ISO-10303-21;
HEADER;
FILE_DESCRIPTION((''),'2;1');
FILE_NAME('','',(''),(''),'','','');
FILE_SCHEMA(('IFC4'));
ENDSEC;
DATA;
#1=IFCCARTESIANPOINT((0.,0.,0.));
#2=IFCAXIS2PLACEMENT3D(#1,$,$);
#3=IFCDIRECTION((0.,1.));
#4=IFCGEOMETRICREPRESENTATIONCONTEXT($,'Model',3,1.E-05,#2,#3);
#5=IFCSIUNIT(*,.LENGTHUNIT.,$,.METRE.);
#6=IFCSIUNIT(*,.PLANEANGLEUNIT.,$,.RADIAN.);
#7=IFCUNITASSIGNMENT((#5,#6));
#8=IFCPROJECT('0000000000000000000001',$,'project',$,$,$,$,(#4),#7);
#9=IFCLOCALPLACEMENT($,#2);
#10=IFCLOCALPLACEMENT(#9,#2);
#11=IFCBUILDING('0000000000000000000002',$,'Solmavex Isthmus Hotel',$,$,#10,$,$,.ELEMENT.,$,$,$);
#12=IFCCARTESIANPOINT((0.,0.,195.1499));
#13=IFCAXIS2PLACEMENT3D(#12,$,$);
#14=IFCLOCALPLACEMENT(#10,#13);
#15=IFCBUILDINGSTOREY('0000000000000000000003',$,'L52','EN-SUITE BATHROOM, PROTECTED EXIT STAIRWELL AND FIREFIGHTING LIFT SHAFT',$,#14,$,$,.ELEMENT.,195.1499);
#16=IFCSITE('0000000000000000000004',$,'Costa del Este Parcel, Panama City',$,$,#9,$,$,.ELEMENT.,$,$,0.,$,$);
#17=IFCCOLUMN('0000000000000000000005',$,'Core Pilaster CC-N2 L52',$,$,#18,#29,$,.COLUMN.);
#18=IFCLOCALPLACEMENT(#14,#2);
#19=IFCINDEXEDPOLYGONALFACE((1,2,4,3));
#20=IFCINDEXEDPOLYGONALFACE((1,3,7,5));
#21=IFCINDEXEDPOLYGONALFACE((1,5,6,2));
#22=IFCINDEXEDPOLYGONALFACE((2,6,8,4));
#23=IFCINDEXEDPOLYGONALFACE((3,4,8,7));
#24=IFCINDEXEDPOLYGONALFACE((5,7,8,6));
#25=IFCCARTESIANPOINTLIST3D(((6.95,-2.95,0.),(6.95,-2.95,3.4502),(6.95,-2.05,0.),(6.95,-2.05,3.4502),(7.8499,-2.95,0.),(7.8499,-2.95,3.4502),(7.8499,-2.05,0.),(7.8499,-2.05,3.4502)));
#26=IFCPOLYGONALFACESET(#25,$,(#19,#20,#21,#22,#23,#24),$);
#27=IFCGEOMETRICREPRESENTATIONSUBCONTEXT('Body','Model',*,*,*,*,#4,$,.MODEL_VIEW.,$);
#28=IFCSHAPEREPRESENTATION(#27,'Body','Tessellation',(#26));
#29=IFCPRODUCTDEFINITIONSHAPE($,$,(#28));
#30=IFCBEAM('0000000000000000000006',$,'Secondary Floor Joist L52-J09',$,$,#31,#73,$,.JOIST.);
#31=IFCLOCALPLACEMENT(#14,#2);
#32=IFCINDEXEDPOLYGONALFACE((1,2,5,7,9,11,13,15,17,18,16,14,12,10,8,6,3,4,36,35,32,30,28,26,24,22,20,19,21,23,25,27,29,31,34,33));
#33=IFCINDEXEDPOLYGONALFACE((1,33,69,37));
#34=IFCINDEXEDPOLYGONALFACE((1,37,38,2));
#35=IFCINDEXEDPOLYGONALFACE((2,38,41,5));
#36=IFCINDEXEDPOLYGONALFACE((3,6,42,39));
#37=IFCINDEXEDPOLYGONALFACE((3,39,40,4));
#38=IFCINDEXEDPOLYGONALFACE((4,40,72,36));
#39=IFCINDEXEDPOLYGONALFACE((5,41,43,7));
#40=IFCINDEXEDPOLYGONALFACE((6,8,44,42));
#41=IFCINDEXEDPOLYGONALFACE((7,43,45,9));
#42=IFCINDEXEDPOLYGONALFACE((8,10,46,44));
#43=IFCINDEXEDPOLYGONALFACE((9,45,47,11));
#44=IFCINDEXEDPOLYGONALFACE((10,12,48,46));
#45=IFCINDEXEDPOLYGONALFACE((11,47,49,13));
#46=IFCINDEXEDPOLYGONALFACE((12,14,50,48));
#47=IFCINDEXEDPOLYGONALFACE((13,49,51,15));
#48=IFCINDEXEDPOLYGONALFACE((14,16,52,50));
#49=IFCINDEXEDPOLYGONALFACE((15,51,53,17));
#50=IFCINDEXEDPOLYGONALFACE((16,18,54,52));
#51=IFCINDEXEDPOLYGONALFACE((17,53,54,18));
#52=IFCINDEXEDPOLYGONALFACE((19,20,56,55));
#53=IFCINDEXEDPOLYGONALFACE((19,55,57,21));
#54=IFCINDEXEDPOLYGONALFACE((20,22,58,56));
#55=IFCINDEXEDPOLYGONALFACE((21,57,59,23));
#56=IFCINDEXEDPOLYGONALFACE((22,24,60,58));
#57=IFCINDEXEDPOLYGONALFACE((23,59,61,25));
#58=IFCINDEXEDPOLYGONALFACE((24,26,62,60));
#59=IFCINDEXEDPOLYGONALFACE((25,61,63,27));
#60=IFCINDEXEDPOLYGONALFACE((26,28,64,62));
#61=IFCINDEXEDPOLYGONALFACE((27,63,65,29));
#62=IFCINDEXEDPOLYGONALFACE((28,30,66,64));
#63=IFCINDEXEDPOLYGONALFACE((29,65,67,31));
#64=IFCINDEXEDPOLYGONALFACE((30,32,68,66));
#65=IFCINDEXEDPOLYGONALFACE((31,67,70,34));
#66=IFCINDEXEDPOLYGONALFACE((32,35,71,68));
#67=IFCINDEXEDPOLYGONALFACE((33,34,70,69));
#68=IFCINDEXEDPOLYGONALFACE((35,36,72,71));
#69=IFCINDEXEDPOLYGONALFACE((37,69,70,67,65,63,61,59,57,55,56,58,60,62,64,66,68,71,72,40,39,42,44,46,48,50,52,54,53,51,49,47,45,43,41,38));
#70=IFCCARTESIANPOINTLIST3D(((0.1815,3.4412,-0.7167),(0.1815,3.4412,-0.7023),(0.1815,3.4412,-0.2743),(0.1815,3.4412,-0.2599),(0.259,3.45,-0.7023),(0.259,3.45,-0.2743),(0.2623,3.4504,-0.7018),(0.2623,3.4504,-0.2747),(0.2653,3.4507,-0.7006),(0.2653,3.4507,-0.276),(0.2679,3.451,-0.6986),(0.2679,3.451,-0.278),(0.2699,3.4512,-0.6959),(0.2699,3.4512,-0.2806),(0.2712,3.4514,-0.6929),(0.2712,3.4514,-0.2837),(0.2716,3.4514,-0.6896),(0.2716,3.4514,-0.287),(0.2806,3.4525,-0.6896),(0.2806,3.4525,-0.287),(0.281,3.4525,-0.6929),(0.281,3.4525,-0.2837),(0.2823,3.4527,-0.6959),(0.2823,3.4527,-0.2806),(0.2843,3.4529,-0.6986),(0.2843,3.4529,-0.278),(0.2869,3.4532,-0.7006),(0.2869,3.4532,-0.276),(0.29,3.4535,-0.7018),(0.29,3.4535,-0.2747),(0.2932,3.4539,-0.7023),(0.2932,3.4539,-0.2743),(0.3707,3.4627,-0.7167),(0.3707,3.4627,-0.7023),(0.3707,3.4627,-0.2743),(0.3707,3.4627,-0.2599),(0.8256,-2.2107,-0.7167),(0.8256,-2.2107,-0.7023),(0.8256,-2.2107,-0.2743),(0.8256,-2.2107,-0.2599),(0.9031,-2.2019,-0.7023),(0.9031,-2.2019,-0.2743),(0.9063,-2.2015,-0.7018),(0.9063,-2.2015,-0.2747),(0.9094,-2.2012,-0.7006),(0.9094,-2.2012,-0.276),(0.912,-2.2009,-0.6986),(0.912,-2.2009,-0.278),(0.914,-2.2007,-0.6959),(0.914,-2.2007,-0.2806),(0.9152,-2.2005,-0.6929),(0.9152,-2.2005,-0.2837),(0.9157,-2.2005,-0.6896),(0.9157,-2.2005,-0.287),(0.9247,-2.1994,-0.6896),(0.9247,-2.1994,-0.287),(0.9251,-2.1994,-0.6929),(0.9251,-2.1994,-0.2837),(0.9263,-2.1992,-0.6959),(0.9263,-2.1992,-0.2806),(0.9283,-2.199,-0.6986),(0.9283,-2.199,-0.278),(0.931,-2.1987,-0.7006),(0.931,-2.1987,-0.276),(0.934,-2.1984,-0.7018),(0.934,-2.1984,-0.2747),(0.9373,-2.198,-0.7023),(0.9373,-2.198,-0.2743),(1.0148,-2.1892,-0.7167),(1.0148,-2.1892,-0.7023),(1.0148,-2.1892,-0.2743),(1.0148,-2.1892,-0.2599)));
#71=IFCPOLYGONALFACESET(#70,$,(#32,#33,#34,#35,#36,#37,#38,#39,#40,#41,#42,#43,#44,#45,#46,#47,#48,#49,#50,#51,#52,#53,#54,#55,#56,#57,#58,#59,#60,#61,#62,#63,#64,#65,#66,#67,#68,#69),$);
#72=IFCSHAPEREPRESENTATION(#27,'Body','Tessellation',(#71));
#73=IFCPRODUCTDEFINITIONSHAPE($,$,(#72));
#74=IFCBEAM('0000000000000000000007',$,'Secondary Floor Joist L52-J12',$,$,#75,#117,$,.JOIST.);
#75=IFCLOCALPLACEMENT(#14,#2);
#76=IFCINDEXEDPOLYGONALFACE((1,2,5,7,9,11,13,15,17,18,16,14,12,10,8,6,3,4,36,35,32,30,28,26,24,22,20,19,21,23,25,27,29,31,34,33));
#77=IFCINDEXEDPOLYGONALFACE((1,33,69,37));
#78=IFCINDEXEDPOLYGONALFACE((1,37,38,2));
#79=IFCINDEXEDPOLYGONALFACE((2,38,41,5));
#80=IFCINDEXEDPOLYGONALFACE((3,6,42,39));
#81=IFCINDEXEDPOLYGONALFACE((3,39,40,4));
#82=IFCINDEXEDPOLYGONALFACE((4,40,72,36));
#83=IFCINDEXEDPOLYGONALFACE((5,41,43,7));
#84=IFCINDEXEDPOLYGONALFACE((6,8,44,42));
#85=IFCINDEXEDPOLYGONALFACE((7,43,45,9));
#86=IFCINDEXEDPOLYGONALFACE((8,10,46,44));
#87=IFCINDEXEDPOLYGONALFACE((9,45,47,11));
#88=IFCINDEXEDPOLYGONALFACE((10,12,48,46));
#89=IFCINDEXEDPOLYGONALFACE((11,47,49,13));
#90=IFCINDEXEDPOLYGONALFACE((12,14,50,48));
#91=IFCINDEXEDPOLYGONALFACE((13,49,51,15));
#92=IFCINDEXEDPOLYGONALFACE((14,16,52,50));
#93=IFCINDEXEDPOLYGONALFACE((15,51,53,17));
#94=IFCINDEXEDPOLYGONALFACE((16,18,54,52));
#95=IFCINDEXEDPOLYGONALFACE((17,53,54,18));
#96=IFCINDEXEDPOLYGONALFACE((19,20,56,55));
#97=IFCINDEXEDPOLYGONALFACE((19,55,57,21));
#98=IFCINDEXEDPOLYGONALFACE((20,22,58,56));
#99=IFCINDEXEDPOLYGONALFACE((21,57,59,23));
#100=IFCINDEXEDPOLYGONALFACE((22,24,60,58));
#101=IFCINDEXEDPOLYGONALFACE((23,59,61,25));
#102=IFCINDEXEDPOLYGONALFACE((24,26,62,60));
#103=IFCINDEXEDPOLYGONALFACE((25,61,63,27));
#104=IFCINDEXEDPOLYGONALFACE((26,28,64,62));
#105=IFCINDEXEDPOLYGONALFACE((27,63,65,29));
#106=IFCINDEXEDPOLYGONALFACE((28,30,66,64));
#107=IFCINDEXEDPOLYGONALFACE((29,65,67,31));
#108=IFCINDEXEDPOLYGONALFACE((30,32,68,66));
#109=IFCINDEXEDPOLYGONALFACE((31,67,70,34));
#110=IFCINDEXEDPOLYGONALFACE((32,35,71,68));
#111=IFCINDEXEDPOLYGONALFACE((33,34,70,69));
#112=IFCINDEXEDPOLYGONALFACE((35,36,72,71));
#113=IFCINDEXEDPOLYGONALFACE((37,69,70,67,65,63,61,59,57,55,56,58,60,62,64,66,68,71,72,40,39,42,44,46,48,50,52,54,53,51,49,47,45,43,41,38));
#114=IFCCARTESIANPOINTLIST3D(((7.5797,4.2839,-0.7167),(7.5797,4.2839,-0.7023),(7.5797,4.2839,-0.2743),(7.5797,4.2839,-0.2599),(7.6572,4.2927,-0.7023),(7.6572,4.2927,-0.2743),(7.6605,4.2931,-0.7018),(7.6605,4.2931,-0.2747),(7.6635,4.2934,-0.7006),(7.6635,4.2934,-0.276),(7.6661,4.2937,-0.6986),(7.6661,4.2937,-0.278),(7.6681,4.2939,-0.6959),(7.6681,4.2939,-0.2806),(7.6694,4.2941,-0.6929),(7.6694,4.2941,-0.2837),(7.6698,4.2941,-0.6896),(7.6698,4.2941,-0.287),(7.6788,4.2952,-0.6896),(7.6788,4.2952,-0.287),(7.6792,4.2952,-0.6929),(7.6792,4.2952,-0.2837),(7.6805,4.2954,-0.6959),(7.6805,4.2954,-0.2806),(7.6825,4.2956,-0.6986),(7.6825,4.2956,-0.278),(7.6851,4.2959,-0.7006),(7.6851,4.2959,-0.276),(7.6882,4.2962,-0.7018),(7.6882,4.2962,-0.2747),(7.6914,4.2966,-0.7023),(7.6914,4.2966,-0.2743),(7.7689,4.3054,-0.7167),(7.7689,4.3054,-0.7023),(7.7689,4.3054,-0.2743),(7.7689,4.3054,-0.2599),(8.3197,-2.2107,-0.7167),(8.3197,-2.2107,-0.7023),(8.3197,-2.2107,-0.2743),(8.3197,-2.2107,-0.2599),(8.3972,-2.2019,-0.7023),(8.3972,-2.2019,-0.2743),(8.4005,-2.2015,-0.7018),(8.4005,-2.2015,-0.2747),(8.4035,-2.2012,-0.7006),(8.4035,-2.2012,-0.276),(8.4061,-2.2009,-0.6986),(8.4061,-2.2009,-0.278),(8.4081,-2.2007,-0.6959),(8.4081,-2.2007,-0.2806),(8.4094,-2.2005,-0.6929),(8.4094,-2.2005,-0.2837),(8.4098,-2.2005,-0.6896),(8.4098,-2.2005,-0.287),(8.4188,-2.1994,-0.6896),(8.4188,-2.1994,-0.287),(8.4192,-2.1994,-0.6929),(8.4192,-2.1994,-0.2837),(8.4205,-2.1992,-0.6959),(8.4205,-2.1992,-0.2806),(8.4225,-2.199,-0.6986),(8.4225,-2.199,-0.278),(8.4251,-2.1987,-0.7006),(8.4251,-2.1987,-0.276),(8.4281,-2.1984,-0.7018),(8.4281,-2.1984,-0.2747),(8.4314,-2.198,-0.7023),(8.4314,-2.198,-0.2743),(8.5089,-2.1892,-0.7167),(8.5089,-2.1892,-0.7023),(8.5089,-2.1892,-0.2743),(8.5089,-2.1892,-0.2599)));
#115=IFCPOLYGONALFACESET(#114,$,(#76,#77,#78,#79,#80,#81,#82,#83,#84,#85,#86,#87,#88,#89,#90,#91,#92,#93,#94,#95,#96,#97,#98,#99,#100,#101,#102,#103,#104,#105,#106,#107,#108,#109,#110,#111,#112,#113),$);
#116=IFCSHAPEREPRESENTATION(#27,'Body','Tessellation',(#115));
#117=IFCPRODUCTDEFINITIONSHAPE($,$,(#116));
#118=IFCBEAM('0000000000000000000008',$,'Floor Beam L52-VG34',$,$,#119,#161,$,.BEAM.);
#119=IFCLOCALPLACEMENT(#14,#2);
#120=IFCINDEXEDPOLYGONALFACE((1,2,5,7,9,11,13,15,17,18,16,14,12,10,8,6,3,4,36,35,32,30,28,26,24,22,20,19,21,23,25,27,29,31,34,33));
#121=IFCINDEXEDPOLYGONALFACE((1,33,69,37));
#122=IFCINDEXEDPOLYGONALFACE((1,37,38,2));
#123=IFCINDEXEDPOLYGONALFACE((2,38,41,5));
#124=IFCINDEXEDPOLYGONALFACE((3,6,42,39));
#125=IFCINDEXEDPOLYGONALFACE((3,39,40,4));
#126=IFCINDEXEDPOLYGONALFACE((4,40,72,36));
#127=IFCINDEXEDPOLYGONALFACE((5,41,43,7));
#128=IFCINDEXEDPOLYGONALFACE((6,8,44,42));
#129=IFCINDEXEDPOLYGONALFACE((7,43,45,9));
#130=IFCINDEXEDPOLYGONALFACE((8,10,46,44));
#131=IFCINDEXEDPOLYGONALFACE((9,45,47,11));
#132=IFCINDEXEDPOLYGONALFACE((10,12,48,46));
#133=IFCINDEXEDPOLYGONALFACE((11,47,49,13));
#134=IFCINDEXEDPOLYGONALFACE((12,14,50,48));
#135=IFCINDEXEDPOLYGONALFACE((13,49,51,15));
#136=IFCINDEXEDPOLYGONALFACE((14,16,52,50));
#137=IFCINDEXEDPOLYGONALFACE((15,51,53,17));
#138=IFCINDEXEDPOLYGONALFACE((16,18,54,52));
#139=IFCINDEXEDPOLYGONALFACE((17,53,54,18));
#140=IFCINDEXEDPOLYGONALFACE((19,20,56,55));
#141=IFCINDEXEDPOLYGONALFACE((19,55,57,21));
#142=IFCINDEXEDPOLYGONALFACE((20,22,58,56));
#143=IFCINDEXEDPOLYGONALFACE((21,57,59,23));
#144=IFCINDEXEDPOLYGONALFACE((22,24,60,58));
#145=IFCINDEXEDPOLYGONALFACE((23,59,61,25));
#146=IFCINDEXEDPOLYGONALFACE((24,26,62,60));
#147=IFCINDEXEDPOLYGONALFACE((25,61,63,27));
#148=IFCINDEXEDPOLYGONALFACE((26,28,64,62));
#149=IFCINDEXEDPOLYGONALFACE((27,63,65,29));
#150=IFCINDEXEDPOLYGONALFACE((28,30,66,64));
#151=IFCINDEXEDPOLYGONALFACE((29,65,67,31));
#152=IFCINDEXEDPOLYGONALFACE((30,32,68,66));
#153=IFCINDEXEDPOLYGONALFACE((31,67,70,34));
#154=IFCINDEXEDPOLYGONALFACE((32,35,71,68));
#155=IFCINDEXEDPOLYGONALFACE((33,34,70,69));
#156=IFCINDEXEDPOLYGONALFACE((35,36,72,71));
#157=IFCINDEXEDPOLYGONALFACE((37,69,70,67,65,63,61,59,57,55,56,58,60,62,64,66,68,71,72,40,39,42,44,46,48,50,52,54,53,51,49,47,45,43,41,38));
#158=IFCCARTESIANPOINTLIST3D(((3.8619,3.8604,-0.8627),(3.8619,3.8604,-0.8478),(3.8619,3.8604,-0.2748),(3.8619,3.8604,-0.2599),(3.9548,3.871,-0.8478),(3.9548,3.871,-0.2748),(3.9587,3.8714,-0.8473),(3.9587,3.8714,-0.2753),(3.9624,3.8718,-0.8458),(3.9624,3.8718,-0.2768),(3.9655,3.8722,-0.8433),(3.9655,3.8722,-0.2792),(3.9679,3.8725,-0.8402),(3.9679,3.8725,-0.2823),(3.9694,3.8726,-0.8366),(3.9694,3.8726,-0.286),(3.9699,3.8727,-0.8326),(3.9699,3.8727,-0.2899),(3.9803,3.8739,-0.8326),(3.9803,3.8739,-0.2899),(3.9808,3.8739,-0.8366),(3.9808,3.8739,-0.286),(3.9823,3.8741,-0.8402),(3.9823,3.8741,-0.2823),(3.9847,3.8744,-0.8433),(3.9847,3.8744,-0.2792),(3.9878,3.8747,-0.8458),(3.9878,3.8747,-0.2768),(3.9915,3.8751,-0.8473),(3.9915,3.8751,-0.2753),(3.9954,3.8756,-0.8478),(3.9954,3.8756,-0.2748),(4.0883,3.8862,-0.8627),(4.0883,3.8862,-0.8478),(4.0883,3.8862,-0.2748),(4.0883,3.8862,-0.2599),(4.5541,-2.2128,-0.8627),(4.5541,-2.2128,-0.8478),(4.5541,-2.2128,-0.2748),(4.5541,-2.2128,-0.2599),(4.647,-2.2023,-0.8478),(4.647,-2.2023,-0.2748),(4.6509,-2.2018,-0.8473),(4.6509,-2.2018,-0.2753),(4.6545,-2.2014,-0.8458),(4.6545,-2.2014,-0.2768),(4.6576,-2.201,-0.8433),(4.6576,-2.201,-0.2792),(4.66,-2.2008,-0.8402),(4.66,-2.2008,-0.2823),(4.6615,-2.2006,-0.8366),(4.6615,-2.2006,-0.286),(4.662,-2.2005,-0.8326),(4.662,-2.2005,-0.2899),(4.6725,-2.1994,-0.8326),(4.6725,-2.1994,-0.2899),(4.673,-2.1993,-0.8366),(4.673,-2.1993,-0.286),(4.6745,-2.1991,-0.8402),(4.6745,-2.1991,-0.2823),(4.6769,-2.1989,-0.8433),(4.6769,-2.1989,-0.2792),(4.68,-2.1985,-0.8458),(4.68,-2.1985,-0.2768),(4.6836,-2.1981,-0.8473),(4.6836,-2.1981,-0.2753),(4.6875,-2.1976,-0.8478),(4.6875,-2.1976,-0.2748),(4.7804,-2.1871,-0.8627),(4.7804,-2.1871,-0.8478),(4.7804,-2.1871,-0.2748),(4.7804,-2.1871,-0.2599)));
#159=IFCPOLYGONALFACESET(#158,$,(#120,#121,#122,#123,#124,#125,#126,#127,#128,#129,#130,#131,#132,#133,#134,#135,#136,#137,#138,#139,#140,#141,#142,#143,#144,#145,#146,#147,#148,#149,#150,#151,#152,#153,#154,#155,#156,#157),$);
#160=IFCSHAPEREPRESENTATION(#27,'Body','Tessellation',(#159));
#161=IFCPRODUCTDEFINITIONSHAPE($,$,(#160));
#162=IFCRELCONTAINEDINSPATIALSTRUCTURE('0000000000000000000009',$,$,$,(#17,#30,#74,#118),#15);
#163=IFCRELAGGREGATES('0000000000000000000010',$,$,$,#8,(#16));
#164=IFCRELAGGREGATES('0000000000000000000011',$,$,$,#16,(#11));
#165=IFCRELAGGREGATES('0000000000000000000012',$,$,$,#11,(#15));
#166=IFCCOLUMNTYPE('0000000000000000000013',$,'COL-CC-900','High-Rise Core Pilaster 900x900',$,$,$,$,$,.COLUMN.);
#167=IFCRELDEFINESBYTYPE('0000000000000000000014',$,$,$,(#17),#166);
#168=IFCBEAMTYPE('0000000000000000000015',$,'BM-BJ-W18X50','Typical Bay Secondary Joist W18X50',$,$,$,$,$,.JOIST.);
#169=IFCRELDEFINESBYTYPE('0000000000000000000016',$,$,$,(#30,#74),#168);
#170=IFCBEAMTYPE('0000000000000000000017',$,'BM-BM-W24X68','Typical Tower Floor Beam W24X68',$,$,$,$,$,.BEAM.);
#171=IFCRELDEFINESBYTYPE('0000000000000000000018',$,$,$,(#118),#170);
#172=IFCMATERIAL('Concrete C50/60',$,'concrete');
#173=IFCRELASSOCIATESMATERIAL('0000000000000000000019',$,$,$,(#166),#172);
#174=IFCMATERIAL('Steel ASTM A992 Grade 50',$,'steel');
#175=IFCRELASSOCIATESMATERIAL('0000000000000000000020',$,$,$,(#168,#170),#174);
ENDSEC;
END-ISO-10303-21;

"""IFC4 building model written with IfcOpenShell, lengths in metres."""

from ifc_helpers import new_model, si_unit, direction, frame, origin, origin_2d, place, context, subcontext, project, spatial, rectangle, i_section, extrude, material, material_profile, profile_set, type_object, element, save


model = new_model("IFC4")

# Units and contexts
model_context = context("Model", 3, precision=1e-05, world=origin(), true_north=direction((0.0, 1.0)))
body_context = subcontext(model_context, "Body", "Model", "MODEL_VIEW")
ifc_project = project(units=[si_unit("LENGTHUNIT", "METRE"), si_unit("PLANEANGLEUNIT", "RADIAN")], contexts=[model_context])

# Site, building, storey
site_placement = place(None, origin())
site = spatial("IfcSite", under=ifc_project, at=site_placement, Name="Costa del Este Parcel, Panama City", CompositionType="ELEMENT", RefElevation=0.0)
building_placement = place(site_placement, origin())
building = spatial("IfcBuilding", under=site, at=building_placement, Name="Solmavex Isthmus Hotel", CompositionType="ELEMENT")
storey_placement = place(building_placement, frame((0.0, 0.0, 195.1499)))
storey = spatial("IfcBuildingStorey", under=building, at=storey_placement, Name="L52", Description="EN-SUITE BATHROOM, PROTECTED EXIT STAIRWELL AND FIREFIGHTING LIFT SHAFT", CompositionType="ELEMENT", Elevation=195.1499)

# Column
ifc_material_1 = material(Name="Concrete C50/60", Category="concrete")
ifc_material_profile_1 = material_profile(ifc_material_1, rectangle(XDim=0.8999, YDim=0.8999, at=origin_2d()), Name="RC900X900")
ifc_profile_set_1 = profile_set([ifc_material_profile_1], Name="Concrete C50/60")
column_type = type_object("IfcColumnType", Name="COL-CC-900", Description="High-Rise Core Pilaster 900x900", PredefinedType="COLUMN", material=ifc_profile_set_1)
column_placement = place(storey_placement, frame((7.3999, -2.5, 0.0), z_axis=(0.0, 0.0, 1.0), x_axis=(1.0, 0.0, 0.0)))
element("IfcColumn", 1, at=column_placement, inside=storey, type_object=column_type, Name="Core Pilaster CC-N2 L52", PredefinedType="COLUMN", context=body_context, shape_type="SweptSolid", body=[
    extrude(rectangle(XDim=0.8999, YDim=0.8999, at=origin_2d()), origin(), (0.0, 0.0, 1.0), 3.4502),
])

# Beams
ifc_material_2 = material(Name="Steel ASTM A992 Grade 50", Category="steel")
ifc_material_profile_2 = material_profile(ifc_material_2, i_section(OverallWidth=0.1904, OverallDepth=0.4568, WebThickness=0.009, FlangeThickness=0.0144, FilletRadius=0.0127, at=origin_2d()), Name="W18X50")
ifc_profile_set_2 = profile_set([ifc_material_profile_2], Name="Steel ASTM A992 Grade 50")
beam_type_1 = type_object("IfcBeamType", Name="BM-BJ-W18X50", Description="Typical Bay Secondary Joist W18X50", PredefinedType="JOIST", material=ifc_profile_set_2)
beam_1_placement = place(storey_placement, frame((0.9202, -2.2, -0.4883), z_axis=(-0.11322, 0.99357, 0.0), x_axis=(-0.99357, -0.11322, 0.0)))
element("IfcBeam", 2, at=beam_1_placement, inside=storey, type_object=beam_type_1, Name="Secondary Floor Joist L52-J09", PredefinedType="JOIST", context=body_context, shape_type="SweptSolid", body=[
    extrude(i_section(OverallWidth=0.1904, OverallDepth=0.4568, WebThickness=0.009, FlangeThickness=0.0144, FilletRadius=0.0127, at=origin_2d()), origin(), (0.0, 0.0, 1.0), 5.6885),
])
beam_2_placement = place(storey_placement, frame((8.4143, -2.2, -0.4883), z_axis=(-0.113206, 0.993571, 0.0), x_axis=(-0.993571, -0.113206, 0.0)))
element("IfcBeam", 3, at=beam_2_placement, inside=storey, type_object=beam_type_1, Name="Secondary Floor Joist L52-J12", PredefinedType="JOIST", context=body_context, shape_type="SweptSolid", body=[
    extrude(i_section(OverallWidth=0.1904, OverallDepth=0.4568, WebThickness=0.009, FlangeThickness=0.0144, FilletRadius=0.0127, at=origin_2d()), origin(), (0.0, 0.0, 1.0), 6.5366),
])
ifc_material_profile_3 = material_profile(ifc_material_2, i_section(OverallWidth=0.2278, OverallDepth=0.6028, WebThickness=0.0105, FlangeThickness=0.0149, FilletRadius=0.0151, at=origin_2d()), Name="W24X68")
ifc_profile_set_3 = profile_set([ifc_material_profile_3], Name="Steel ASTM A992 Grade 50")
beam_type_2 = type_object("IfcBeamType", Name="BM-BM-W24X68", Description="Typical Tower Floor Beam W24X68", PredefinedType="BEAM", material=ifc_profile_set_3)
beam_3_placement = place(storey_placement, frame((4.6672, -2.2, -0.5613), z_axis=(-0.113232, 0.993569, 0.0), x_axis=(-0.993569, -0.113232, 0.0)))
element("IfcBeam", 4, at=beam_3_placement, inside=storey, type_object=beam_type_2, Name="Floor Beam L52-VG34", PredefinedType="BEAM", context=body_context, shape_type="SweptSolid", body=[
    extrude(i_section(OverallWidth=0.2278, OverallDepth=0.6028, WebThickness=0.0105, FlangeThickness=0.0149, FilletRadius=0.0151, at=origin_2d()), origin(), (0.0, 0.0, 1.0), 6.1125),
])

save(model, "model.ifc")
